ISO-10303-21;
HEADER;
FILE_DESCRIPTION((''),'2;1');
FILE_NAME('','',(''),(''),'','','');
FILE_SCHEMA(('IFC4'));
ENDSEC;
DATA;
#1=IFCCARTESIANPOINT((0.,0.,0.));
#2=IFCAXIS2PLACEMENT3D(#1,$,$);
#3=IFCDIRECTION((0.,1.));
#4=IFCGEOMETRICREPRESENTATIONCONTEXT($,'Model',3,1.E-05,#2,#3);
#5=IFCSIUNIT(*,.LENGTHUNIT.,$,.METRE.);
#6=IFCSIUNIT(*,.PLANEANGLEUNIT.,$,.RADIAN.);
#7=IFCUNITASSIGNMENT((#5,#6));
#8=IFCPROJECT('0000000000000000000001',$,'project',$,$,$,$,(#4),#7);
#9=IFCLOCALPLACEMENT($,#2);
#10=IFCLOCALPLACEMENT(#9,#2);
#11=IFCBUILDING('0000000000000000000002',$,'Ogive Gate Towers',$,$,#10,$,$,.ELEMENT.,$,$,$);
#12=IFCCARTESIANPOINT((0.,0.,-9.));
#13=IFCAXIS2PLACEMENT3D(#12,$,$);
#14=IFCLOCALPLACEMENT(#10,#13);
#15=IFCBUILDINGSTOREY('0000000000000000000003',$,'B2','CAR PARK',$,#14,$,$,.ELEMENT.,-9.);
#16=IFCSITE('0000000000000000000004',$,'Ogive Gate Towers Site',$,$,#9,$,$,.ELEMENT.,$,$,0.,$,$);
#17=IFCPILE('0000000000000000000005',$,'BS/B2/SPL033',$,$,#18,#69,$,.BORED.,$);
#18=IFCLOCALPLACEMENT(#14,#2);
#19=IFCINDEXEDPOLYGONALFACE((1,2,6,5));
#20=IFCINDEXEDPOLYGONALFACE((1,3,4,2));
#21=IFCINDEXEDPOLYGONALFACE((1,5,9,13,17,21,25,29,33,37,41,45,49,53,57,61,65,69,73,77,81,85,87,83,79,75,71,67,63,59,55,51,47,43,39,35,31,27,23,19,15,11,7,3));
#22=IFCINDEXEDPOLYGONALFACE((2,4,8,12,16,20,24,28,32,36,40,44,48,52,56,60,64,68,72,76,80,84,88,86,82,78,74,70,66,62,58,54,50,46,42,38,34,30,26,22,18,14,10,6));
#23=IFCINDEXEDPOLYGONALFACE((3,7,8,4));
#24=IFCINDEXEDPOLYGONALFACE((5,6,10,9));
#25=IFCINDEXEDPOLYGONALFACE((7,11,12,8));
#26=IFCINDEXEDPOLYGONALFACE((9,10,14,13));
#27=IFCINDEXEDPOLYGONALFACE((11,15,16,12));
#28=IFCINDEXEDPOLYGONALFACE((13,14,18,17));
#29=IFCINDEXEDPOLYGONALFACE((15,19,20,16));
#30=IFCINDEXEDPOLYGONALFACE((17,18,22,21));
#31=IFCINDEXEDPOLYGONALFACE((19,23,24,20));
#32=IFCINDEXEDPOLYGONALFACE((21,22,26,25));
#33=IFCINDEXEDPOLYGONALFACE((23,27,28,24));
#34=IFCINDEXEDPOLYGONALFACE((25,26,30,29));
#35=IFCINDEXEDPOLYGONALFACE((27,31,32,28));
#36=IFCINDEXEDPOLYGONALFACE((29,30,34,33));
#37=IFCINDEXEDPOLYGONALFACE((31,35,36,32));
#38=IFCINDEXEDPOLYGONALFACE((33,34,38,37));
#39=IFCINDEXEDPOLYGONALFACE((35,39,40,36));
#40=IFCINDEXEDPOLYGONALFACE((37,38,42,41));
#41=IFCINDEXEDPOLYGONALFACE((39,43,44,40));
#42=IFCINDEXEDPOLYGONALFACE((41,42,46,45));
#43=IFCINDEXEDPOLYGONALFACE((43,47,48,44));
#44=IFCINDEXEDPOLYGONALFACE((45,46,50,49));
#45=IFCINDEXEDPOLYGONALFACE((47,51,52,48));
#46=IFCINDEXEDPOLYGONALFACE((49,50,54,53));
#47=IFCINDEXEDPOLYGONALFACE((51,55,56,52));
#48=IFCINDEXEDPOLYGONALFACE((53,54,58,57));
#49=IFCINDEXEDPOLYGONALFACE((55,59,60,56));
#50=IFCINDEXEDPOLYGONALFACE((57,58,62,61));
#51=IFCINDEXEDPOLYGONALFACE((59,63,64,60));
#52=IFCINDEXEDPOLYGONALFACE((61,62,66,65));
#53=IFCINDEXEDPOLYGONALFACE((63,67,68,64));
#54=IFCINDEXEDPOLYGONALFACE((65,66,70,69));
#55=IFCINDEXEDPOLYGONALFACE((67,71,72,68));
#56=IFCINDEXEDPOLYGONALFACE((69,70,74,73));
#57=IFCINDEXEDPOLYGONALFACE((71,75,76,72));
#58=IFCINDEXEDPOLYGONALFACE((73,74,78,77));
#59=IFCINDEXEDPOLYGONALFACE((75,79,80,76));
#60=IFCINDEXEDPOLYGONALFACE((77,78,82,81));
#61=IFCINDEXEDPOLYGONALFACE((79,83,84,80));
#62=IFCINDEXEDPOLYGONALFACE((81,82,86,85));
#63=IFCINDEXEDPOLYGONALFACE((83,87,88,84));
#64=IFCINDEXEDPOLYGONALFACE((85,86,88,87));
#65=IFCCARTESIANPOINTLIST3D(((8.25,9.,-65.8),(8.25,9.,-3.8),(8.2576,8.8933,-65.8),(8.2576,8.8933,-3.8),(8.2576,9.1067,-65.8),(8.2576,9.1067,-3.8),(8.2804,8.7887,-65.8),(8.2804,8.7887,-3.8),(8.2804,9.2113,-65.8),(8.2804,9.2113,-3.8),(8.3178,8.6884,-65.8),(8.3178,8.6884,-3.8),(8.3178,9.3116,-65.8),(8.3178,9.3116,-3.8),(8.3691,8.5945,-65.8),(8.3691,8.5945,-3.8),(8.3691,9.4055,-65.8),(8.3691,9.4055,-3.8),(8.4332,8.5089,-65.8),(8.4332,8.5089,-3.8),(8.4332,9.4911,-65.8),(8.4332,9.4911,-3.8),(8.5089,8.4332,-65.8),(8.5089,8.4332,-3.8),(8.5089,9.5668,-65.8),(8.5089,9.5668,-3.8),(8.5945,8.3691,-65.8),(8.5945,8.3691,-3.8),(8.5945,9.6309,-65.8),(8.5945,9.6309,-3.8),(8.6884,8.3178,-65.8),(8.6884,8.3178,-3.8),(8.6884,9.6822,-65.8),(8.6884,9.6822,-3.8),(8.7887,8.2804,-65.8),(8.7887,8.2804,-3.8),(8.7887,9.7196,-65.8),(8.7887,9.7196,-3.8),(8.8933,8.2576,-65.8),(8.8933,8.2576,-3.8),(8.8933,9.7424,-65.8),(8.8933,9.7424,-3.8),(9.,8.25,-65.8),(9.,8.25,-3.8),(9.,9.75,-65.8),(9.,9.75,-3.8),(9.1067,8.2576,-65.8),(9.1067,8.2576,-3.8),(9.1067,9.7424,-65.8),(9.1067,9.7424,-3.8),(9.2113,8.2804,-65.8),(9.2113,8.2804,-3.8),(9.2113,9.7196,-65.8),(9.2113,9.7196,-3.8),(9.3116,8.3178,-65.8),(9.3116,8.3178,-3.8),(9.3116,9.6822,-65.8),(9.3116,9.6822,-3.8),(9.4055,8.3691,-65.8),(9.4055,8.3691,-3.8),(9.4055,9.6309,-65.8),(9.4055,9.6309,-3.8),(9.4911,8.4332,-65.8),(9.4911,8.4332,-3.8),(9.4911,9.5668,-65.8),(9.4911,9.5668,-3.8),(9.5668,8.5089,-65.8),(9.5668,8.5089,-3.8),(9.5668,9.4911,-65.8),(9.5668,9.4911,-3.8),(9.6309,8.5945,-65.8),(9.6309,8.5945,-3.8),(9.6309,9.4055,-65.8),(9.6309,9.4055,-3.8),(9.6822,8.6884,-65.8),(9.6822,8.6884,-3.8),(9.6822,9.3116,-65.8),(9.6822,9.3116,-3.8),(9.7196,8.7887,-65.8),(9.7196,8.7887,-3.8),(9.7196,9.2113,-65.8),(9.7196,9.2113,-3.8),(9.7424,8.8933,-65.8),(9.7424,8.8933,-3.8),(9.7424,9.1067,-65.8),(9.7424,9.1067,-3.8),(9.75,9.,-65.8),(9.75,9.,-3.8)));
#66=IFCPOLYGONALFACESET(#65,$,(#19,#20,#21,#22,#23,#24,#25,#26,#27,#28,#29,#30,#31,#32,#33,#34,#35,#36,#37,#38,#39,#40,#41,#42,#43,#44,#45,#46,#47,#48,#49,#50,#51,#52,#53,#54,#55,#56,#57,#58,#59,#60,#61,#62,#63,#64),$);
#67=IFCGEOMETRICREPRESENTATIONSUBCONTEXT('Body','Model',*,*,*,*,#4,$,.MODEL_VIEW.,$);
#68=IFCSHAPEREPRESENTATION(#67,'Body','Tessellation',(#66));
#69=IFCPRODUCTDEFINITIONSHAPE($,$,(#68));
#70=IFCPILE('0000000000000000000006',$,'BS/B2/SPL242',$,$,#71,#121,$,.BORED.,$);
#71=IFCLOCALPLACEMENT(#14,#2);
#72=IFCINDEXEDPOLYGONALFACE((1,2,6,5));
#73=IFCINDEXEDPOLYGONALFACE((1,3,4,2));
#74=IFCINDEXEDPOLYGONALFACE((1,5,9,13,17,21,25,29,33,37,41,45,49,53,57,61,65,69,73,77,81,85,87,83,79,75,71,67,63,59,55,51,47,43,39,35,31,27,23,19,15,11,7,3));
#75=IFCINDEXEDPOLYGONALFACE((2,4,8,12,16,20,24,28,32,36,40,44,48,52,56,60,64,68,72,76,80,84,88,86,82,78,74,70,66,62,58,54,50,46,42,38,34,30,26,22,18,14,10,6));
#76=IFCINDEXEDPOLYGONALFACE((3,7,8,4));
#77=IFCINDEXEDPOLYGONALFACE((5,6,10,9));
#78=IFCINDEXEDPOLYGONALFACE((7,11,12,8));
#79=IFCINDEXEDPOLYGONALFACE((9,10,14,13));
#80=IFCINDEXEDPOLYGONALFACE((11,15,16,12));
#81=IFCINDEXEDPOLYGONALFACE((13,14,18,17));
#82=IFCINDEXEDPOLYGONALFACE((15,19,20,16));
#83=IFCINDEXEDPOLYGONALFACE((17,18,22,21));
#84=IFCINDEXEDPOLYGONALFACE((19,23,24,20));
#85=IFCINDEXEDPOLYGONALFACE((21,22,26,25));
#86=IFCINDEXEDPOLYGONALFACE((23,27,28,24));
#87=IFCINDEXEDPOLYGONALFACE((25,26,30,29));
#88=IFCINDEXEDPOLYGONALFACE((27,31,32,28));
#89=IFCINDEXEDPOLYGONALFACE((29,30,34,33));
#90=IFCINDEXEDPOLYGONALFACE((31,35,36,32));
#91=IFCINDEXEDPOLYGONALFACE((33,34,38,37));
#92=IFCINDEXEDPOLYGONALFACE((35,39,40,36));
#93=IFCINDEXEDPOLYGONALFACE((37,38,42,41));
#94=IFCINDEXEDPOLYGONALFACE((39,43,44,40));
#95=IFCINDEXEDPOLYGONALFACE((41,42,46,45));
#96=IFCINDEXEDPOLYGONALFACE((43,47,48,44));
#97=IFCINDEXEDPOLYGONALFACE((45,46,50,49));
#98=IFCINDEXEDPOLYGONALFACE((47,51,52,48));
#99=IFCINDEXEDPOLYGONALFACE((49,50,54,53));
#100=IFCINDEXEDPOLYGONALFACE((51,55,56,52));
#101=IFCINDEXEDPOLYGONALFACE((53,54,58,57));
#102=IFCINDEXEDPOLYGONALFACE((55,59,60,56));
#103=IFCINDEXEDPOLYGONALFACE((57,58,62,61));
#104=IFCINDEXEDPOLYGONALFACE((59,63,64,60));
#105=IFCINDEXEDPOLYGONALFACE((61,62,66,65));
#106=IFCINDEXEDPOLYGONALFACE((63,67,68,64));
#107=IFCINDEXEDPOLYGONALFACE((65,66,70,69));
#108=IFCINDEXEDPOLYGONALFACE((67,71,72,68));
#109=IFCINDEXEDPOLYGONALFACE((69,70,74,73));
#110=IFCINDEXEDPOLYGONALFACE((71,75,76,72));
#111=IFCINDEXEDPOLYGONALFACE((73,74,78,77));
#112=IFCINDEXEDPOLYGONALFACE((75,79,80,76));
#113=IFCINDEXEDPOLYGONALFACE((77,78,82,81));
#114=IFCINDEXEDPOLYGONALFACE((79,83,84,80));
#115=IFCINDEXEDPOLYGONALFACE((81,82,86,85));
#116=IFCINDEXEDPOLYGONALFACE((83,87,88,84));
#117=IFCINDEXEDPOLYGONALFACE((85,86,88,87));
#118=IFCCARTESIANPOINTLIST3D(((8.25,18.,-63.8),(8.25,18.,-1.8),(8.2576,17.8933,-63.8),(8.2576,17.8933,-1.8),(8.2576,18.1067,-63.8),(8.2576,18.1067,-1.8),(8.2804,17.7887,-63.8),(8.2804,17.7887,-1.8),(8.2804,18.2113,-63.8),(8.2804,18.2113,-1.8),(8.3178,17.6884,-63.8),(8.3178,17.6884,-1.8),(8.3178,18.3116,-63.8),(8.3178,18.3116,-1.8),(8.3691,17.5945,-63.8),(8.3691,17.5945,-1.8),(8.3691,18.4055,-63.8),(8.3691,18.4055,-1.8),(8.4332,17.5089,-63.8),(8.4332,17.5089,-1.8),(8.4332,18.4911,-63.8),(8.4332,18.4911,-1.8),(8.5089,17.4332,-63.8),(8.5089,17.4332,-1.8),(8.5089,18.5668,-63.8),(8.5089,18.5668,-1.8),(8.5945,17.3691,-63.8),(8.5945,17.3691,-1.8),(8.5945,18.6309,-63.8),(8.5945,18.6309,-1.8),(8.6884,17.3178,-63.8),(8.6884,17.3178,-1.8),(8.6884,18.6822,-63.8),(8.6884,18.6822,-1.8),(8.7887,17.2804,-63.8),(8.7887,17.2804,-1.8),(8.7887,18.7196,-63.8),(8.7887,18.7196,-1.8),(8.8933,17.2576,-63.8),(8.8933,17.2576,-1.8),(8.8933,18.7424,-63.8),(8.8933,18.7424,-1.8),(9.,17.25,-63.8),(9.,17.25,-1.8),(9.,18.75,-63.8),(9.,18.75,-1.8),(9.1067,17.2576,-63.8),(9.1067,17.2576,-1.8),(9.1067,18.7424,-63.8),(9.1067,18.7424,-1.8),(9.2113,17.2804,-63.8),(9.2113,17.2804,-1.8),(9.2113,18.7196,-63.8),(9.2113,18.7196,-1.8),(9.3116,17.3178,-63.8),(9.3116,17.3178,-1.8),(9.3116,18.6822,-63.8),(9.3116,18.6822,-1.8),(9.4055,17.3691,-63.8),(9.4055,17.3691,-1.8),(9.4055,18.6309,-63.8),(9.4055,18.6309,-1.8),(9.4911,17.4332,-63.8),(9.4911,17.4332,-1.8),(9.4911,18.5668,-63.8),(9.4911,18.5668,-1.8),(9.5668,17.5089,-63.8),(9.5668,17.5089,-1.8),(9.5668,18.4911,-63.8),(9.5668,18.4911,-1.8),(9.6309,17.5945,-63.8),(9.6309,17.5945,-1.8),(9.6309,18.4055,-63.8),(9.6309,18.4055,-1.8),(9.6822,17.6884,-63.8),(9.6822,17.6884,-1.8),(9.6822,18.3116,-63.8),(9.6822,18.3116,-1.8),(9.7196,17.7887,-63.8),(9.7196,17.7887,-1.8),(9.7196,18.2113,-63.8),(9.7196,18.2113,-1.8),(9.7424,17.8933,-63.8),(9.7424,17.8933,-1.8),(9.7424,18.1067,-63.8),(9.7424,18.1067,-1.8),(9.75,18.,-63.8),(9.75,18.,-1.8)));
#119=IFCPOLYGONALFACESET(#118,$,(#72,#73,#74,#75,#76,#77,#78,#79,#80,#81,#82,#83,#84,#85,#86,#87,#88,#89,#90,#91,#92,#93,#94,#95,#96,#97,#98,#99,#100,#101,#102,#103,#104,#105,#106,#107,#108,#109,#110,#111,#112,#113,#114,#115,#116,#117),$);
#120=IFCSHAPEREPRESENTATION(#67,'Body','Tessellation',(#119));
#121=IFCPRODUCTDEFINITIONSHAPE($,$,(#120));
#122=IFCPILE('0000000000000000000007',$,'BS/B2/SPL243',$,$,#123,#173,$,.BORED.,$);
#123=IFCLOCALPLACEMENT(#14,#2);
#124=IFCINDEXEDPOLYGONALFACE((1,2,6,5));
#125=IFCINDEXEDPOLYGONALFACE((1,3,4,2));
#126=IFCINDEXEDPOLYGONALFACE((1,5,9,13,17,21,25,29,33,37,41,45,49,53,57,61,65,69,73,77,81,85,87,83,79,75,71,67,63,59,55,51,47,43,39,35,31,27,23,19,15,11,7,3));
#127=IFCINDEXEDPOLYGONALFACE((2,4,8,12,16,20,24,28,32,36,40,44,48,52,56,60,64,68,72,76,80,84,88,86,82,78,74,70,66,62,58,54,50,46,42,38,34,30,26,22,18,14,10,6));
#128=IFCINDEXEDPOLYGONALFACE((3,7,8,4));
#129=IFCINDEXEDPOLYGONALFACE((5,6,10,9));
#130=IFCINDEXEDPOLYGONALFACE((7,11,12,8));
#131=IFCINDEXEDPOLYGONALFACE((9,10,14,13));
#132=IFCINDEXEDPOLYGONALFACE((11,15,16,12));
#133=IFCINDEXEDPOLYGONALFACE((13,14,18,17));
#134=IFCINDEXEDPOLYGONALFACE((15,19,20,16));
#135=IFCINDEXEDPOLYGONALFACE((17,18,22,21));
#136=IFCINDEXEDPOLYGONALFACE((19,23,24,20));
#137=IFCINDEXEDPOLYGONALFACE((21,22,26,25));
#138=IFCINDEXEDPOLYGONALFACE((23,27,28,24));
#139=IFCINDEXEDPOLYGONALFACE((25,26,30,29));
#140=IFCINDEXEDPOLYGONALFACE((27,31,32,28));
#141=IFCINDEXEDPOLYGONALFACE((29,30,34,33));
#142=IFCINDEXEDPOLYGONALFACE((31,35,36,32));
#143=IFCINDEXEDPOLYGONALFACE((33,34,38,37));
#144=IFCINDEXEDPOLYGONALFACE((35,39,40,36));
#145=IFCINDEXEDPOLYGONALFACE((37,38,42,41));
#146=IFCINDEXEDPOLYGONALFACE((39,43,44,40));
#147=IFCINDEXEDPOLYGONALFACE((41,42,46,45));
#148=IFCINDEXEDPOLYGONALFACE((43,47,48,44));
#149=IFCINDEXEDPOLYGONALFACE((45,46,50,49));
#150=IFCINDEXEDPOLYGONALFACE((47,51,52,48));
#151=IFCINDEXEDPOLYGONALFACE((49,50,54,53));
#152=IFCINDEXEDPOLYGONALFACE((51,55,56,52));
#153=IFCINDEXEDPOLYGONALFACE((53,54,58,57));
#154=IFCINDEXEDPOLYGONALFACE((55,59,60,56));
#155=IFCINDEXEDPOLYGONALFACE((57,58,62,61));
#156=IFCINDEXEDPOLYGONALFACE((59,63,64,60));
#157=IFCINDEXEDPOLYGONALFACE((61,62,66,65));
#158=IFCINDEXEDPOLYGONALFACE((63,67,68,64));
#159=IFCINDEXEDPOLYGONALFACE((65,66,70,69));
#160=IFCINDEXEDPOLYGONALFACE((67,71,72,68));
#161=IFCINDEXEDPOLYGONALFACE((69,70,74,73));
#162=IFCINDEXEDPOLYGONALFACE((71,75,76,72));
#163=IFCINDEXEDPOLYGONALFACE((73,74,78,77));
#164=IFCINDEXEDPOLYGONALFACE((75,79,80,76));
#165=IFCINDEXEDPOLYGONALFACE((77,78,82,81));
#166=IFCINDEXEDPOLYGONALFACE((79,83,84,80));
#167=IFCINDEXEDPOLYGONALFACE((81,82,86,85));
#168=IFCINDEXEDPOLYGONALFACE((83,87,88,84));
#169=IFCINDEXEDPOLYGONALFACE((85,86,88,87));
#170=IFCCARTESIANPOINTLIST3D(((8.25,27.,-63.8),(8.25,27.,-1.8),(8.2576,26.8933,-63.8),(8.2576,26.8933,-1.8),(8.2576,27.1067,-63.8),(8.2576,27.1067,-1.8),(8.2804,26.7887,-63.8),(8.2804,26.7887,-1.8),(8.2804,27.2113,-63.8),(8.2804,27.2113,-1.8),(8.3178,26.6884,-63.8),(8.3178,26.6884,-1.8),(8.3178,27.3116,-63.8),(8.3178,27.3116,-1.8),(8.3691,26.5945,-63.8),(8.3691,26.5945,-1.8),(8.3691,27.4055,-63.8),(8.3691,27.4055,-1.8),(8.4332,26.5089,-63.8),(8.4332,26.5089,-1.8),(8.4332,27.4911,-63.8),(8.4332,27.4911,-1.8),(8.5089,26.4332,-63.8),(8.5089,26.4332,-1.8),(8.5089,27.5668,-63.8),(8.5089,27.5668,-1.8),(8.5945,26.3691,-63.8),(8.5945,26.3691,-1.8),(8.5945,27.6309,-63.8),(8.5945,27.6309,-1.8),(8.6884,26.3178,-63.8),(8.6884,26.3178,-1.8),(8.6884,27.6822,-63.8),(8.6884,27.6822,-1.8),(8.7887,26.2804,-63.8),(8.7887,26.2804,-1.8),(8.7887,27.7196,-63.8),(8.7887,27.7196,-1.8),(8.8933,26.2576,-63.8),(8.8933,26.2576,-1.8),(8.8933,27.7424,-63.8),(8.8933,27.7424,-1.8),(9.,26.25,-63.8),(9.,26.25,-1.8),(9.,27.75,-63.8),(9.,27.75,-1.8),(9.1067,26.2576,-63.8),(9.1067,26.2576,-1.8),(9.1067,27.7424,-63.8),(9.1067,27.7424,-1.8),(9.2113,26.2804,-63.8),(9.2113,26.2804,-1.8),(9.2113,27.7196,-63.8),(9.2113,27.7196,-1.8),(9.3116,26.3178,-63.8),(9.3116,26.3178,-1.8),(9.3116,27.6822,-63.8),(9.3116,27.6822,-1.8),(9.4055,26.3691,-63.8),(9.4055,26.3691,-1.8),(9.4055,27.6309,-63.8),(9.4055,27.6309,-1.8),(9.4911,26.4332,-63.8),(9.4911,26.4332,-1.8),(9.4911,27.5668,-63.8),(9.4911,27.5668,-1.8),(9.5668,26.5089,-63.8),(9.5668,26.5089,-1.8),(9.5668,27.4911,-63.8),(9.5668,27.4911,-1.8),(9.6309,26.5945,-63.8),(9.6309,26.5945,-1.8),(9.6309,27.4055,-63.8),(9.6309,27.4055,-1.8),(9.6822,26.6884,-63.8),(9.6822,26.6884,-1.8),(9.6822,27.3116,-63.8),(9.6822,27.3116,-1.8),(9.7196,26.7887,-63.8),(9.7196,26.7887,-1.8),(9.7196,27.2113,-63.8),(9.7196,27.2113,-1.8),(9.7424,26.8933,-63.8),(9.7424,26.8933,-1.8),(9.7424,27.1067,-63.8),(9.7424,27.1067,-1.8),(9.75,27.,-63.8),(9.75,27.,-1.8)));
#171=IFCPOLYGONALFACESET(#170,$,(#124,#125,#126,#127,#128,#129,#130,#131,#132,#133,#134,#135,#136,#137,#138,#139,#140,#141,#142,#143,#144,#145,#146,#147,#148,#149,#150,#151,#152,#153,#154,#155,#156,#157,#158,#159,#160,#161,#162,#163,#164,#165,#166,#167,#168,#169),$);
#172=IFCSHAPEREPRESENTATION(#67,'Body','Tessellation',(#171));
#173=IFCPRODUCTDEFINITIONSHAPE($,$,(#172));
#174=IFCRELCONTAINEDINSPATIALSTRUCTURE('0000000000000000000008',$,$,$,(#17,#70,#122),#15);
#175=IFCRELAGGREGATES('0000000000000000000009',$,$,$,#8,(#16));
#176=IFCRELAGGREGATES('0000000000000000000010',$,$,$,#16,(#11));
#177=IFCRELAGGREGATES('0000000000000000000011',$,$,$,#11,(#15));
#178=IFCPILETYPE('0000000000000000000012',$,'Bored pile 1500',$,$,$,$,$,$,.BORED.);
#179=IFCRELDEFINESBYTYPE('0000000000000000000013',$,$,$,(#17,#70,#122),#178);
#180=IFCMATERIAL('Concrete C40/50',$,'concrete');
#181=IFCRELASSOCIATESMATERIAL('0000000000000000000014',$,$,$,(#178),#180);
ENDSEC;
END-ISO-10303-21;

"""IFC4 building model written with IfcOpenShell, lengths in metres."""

from ifc_helpers import new_model, si_unit, direction, frame, origin, origin_2d, place, context, subcontext, project, spatial, circle, extrude, material, material_profile, profile_set, type_object, element, save


model = new_model("IFC4")

# Units and contexts
model_context = context("Model", 3, precision=1e-05, world=origin(), true_north=direction((0.0, 1.0)))
body_context = subcontext(model_context, "Body", "Model", "MODEL_VIEW")
ifc_project = project(units=[si_unit("LENGTHUNIT", "METRE"), si_unit("PLANEANGLEUNIT", "RADIAN")], contexts=[model_context])

# Site, building, storey
site_placement = place(None, origin())
site = spatial("IfcSite", under=ifc_project, at=site_placement, Name="Ogive Gate Towers Site", CompositionType="ELEMENT", RefElevation=0.0)
building_placement = place(site_placement, origin())
building = spatial("IfcBuilding", under=site, at=building_placement, Name="Ogive Gate Towers", CompositionType="ELEMENT")
storey_placement = place(building_placement, frame((0.0, 0.0, -9.0)))
storey = spatial("IfcBuildingStorey", under=building, at=storey_placement, Name="B2", Description="CAR PARK", CompositionType="ELEMENT", Elevation=-9.0)

# Piles
ifc_material_1 = material(Name="Concrete C40/50", Category="concrete")
ifc_material_profile_1 = material_profile(ifc_material_1, circle(Radius=0.75, at=origin_2d()), Name="BP 1500")
ifc_profile_set_1 = profile_set([ifc_material_profile_1], Name="Concrete C40/50")
pile_type_1 = type_object("IfcPileType", Name="Bored pile 1500", PredefinedType="BORED", material=ifc_profile_set_1)
for number, where, z_axis, x_axis, name in (
    (1, (9.0, 9.0, -3.8), (0.0, 0.0, -1.0), (1.0, 0.0, 0.0), "BS/B2/SPL033"),
    (2, (9.0, 18.0, -1.8), (0.0, 0.0, -1.0), (1.0, 0.0, 0.0), "BS/B2/SPL242"),
    (3, (9.0, 27.0, -1.8), (0.0, 0.0, -1.0), (1.0, 0.0, 0.0), "BS/B2/SPL243"),
):
    element("IfcPile", number, at=place(storey_placement, frame(where, z_axis=z_axis, x_axis=x_axis)), inside=storey, type_object=pile_type_1, Name=name, PredefinedType="BORED", context=body_context, shape_type="SweptSolid", body=[
        extrude(circle(Radius=0.75, at=origin_2d()), origin(), (0.0, 0.0, 1.0), 62.0),
    ])

save(model, "model.ifc")
